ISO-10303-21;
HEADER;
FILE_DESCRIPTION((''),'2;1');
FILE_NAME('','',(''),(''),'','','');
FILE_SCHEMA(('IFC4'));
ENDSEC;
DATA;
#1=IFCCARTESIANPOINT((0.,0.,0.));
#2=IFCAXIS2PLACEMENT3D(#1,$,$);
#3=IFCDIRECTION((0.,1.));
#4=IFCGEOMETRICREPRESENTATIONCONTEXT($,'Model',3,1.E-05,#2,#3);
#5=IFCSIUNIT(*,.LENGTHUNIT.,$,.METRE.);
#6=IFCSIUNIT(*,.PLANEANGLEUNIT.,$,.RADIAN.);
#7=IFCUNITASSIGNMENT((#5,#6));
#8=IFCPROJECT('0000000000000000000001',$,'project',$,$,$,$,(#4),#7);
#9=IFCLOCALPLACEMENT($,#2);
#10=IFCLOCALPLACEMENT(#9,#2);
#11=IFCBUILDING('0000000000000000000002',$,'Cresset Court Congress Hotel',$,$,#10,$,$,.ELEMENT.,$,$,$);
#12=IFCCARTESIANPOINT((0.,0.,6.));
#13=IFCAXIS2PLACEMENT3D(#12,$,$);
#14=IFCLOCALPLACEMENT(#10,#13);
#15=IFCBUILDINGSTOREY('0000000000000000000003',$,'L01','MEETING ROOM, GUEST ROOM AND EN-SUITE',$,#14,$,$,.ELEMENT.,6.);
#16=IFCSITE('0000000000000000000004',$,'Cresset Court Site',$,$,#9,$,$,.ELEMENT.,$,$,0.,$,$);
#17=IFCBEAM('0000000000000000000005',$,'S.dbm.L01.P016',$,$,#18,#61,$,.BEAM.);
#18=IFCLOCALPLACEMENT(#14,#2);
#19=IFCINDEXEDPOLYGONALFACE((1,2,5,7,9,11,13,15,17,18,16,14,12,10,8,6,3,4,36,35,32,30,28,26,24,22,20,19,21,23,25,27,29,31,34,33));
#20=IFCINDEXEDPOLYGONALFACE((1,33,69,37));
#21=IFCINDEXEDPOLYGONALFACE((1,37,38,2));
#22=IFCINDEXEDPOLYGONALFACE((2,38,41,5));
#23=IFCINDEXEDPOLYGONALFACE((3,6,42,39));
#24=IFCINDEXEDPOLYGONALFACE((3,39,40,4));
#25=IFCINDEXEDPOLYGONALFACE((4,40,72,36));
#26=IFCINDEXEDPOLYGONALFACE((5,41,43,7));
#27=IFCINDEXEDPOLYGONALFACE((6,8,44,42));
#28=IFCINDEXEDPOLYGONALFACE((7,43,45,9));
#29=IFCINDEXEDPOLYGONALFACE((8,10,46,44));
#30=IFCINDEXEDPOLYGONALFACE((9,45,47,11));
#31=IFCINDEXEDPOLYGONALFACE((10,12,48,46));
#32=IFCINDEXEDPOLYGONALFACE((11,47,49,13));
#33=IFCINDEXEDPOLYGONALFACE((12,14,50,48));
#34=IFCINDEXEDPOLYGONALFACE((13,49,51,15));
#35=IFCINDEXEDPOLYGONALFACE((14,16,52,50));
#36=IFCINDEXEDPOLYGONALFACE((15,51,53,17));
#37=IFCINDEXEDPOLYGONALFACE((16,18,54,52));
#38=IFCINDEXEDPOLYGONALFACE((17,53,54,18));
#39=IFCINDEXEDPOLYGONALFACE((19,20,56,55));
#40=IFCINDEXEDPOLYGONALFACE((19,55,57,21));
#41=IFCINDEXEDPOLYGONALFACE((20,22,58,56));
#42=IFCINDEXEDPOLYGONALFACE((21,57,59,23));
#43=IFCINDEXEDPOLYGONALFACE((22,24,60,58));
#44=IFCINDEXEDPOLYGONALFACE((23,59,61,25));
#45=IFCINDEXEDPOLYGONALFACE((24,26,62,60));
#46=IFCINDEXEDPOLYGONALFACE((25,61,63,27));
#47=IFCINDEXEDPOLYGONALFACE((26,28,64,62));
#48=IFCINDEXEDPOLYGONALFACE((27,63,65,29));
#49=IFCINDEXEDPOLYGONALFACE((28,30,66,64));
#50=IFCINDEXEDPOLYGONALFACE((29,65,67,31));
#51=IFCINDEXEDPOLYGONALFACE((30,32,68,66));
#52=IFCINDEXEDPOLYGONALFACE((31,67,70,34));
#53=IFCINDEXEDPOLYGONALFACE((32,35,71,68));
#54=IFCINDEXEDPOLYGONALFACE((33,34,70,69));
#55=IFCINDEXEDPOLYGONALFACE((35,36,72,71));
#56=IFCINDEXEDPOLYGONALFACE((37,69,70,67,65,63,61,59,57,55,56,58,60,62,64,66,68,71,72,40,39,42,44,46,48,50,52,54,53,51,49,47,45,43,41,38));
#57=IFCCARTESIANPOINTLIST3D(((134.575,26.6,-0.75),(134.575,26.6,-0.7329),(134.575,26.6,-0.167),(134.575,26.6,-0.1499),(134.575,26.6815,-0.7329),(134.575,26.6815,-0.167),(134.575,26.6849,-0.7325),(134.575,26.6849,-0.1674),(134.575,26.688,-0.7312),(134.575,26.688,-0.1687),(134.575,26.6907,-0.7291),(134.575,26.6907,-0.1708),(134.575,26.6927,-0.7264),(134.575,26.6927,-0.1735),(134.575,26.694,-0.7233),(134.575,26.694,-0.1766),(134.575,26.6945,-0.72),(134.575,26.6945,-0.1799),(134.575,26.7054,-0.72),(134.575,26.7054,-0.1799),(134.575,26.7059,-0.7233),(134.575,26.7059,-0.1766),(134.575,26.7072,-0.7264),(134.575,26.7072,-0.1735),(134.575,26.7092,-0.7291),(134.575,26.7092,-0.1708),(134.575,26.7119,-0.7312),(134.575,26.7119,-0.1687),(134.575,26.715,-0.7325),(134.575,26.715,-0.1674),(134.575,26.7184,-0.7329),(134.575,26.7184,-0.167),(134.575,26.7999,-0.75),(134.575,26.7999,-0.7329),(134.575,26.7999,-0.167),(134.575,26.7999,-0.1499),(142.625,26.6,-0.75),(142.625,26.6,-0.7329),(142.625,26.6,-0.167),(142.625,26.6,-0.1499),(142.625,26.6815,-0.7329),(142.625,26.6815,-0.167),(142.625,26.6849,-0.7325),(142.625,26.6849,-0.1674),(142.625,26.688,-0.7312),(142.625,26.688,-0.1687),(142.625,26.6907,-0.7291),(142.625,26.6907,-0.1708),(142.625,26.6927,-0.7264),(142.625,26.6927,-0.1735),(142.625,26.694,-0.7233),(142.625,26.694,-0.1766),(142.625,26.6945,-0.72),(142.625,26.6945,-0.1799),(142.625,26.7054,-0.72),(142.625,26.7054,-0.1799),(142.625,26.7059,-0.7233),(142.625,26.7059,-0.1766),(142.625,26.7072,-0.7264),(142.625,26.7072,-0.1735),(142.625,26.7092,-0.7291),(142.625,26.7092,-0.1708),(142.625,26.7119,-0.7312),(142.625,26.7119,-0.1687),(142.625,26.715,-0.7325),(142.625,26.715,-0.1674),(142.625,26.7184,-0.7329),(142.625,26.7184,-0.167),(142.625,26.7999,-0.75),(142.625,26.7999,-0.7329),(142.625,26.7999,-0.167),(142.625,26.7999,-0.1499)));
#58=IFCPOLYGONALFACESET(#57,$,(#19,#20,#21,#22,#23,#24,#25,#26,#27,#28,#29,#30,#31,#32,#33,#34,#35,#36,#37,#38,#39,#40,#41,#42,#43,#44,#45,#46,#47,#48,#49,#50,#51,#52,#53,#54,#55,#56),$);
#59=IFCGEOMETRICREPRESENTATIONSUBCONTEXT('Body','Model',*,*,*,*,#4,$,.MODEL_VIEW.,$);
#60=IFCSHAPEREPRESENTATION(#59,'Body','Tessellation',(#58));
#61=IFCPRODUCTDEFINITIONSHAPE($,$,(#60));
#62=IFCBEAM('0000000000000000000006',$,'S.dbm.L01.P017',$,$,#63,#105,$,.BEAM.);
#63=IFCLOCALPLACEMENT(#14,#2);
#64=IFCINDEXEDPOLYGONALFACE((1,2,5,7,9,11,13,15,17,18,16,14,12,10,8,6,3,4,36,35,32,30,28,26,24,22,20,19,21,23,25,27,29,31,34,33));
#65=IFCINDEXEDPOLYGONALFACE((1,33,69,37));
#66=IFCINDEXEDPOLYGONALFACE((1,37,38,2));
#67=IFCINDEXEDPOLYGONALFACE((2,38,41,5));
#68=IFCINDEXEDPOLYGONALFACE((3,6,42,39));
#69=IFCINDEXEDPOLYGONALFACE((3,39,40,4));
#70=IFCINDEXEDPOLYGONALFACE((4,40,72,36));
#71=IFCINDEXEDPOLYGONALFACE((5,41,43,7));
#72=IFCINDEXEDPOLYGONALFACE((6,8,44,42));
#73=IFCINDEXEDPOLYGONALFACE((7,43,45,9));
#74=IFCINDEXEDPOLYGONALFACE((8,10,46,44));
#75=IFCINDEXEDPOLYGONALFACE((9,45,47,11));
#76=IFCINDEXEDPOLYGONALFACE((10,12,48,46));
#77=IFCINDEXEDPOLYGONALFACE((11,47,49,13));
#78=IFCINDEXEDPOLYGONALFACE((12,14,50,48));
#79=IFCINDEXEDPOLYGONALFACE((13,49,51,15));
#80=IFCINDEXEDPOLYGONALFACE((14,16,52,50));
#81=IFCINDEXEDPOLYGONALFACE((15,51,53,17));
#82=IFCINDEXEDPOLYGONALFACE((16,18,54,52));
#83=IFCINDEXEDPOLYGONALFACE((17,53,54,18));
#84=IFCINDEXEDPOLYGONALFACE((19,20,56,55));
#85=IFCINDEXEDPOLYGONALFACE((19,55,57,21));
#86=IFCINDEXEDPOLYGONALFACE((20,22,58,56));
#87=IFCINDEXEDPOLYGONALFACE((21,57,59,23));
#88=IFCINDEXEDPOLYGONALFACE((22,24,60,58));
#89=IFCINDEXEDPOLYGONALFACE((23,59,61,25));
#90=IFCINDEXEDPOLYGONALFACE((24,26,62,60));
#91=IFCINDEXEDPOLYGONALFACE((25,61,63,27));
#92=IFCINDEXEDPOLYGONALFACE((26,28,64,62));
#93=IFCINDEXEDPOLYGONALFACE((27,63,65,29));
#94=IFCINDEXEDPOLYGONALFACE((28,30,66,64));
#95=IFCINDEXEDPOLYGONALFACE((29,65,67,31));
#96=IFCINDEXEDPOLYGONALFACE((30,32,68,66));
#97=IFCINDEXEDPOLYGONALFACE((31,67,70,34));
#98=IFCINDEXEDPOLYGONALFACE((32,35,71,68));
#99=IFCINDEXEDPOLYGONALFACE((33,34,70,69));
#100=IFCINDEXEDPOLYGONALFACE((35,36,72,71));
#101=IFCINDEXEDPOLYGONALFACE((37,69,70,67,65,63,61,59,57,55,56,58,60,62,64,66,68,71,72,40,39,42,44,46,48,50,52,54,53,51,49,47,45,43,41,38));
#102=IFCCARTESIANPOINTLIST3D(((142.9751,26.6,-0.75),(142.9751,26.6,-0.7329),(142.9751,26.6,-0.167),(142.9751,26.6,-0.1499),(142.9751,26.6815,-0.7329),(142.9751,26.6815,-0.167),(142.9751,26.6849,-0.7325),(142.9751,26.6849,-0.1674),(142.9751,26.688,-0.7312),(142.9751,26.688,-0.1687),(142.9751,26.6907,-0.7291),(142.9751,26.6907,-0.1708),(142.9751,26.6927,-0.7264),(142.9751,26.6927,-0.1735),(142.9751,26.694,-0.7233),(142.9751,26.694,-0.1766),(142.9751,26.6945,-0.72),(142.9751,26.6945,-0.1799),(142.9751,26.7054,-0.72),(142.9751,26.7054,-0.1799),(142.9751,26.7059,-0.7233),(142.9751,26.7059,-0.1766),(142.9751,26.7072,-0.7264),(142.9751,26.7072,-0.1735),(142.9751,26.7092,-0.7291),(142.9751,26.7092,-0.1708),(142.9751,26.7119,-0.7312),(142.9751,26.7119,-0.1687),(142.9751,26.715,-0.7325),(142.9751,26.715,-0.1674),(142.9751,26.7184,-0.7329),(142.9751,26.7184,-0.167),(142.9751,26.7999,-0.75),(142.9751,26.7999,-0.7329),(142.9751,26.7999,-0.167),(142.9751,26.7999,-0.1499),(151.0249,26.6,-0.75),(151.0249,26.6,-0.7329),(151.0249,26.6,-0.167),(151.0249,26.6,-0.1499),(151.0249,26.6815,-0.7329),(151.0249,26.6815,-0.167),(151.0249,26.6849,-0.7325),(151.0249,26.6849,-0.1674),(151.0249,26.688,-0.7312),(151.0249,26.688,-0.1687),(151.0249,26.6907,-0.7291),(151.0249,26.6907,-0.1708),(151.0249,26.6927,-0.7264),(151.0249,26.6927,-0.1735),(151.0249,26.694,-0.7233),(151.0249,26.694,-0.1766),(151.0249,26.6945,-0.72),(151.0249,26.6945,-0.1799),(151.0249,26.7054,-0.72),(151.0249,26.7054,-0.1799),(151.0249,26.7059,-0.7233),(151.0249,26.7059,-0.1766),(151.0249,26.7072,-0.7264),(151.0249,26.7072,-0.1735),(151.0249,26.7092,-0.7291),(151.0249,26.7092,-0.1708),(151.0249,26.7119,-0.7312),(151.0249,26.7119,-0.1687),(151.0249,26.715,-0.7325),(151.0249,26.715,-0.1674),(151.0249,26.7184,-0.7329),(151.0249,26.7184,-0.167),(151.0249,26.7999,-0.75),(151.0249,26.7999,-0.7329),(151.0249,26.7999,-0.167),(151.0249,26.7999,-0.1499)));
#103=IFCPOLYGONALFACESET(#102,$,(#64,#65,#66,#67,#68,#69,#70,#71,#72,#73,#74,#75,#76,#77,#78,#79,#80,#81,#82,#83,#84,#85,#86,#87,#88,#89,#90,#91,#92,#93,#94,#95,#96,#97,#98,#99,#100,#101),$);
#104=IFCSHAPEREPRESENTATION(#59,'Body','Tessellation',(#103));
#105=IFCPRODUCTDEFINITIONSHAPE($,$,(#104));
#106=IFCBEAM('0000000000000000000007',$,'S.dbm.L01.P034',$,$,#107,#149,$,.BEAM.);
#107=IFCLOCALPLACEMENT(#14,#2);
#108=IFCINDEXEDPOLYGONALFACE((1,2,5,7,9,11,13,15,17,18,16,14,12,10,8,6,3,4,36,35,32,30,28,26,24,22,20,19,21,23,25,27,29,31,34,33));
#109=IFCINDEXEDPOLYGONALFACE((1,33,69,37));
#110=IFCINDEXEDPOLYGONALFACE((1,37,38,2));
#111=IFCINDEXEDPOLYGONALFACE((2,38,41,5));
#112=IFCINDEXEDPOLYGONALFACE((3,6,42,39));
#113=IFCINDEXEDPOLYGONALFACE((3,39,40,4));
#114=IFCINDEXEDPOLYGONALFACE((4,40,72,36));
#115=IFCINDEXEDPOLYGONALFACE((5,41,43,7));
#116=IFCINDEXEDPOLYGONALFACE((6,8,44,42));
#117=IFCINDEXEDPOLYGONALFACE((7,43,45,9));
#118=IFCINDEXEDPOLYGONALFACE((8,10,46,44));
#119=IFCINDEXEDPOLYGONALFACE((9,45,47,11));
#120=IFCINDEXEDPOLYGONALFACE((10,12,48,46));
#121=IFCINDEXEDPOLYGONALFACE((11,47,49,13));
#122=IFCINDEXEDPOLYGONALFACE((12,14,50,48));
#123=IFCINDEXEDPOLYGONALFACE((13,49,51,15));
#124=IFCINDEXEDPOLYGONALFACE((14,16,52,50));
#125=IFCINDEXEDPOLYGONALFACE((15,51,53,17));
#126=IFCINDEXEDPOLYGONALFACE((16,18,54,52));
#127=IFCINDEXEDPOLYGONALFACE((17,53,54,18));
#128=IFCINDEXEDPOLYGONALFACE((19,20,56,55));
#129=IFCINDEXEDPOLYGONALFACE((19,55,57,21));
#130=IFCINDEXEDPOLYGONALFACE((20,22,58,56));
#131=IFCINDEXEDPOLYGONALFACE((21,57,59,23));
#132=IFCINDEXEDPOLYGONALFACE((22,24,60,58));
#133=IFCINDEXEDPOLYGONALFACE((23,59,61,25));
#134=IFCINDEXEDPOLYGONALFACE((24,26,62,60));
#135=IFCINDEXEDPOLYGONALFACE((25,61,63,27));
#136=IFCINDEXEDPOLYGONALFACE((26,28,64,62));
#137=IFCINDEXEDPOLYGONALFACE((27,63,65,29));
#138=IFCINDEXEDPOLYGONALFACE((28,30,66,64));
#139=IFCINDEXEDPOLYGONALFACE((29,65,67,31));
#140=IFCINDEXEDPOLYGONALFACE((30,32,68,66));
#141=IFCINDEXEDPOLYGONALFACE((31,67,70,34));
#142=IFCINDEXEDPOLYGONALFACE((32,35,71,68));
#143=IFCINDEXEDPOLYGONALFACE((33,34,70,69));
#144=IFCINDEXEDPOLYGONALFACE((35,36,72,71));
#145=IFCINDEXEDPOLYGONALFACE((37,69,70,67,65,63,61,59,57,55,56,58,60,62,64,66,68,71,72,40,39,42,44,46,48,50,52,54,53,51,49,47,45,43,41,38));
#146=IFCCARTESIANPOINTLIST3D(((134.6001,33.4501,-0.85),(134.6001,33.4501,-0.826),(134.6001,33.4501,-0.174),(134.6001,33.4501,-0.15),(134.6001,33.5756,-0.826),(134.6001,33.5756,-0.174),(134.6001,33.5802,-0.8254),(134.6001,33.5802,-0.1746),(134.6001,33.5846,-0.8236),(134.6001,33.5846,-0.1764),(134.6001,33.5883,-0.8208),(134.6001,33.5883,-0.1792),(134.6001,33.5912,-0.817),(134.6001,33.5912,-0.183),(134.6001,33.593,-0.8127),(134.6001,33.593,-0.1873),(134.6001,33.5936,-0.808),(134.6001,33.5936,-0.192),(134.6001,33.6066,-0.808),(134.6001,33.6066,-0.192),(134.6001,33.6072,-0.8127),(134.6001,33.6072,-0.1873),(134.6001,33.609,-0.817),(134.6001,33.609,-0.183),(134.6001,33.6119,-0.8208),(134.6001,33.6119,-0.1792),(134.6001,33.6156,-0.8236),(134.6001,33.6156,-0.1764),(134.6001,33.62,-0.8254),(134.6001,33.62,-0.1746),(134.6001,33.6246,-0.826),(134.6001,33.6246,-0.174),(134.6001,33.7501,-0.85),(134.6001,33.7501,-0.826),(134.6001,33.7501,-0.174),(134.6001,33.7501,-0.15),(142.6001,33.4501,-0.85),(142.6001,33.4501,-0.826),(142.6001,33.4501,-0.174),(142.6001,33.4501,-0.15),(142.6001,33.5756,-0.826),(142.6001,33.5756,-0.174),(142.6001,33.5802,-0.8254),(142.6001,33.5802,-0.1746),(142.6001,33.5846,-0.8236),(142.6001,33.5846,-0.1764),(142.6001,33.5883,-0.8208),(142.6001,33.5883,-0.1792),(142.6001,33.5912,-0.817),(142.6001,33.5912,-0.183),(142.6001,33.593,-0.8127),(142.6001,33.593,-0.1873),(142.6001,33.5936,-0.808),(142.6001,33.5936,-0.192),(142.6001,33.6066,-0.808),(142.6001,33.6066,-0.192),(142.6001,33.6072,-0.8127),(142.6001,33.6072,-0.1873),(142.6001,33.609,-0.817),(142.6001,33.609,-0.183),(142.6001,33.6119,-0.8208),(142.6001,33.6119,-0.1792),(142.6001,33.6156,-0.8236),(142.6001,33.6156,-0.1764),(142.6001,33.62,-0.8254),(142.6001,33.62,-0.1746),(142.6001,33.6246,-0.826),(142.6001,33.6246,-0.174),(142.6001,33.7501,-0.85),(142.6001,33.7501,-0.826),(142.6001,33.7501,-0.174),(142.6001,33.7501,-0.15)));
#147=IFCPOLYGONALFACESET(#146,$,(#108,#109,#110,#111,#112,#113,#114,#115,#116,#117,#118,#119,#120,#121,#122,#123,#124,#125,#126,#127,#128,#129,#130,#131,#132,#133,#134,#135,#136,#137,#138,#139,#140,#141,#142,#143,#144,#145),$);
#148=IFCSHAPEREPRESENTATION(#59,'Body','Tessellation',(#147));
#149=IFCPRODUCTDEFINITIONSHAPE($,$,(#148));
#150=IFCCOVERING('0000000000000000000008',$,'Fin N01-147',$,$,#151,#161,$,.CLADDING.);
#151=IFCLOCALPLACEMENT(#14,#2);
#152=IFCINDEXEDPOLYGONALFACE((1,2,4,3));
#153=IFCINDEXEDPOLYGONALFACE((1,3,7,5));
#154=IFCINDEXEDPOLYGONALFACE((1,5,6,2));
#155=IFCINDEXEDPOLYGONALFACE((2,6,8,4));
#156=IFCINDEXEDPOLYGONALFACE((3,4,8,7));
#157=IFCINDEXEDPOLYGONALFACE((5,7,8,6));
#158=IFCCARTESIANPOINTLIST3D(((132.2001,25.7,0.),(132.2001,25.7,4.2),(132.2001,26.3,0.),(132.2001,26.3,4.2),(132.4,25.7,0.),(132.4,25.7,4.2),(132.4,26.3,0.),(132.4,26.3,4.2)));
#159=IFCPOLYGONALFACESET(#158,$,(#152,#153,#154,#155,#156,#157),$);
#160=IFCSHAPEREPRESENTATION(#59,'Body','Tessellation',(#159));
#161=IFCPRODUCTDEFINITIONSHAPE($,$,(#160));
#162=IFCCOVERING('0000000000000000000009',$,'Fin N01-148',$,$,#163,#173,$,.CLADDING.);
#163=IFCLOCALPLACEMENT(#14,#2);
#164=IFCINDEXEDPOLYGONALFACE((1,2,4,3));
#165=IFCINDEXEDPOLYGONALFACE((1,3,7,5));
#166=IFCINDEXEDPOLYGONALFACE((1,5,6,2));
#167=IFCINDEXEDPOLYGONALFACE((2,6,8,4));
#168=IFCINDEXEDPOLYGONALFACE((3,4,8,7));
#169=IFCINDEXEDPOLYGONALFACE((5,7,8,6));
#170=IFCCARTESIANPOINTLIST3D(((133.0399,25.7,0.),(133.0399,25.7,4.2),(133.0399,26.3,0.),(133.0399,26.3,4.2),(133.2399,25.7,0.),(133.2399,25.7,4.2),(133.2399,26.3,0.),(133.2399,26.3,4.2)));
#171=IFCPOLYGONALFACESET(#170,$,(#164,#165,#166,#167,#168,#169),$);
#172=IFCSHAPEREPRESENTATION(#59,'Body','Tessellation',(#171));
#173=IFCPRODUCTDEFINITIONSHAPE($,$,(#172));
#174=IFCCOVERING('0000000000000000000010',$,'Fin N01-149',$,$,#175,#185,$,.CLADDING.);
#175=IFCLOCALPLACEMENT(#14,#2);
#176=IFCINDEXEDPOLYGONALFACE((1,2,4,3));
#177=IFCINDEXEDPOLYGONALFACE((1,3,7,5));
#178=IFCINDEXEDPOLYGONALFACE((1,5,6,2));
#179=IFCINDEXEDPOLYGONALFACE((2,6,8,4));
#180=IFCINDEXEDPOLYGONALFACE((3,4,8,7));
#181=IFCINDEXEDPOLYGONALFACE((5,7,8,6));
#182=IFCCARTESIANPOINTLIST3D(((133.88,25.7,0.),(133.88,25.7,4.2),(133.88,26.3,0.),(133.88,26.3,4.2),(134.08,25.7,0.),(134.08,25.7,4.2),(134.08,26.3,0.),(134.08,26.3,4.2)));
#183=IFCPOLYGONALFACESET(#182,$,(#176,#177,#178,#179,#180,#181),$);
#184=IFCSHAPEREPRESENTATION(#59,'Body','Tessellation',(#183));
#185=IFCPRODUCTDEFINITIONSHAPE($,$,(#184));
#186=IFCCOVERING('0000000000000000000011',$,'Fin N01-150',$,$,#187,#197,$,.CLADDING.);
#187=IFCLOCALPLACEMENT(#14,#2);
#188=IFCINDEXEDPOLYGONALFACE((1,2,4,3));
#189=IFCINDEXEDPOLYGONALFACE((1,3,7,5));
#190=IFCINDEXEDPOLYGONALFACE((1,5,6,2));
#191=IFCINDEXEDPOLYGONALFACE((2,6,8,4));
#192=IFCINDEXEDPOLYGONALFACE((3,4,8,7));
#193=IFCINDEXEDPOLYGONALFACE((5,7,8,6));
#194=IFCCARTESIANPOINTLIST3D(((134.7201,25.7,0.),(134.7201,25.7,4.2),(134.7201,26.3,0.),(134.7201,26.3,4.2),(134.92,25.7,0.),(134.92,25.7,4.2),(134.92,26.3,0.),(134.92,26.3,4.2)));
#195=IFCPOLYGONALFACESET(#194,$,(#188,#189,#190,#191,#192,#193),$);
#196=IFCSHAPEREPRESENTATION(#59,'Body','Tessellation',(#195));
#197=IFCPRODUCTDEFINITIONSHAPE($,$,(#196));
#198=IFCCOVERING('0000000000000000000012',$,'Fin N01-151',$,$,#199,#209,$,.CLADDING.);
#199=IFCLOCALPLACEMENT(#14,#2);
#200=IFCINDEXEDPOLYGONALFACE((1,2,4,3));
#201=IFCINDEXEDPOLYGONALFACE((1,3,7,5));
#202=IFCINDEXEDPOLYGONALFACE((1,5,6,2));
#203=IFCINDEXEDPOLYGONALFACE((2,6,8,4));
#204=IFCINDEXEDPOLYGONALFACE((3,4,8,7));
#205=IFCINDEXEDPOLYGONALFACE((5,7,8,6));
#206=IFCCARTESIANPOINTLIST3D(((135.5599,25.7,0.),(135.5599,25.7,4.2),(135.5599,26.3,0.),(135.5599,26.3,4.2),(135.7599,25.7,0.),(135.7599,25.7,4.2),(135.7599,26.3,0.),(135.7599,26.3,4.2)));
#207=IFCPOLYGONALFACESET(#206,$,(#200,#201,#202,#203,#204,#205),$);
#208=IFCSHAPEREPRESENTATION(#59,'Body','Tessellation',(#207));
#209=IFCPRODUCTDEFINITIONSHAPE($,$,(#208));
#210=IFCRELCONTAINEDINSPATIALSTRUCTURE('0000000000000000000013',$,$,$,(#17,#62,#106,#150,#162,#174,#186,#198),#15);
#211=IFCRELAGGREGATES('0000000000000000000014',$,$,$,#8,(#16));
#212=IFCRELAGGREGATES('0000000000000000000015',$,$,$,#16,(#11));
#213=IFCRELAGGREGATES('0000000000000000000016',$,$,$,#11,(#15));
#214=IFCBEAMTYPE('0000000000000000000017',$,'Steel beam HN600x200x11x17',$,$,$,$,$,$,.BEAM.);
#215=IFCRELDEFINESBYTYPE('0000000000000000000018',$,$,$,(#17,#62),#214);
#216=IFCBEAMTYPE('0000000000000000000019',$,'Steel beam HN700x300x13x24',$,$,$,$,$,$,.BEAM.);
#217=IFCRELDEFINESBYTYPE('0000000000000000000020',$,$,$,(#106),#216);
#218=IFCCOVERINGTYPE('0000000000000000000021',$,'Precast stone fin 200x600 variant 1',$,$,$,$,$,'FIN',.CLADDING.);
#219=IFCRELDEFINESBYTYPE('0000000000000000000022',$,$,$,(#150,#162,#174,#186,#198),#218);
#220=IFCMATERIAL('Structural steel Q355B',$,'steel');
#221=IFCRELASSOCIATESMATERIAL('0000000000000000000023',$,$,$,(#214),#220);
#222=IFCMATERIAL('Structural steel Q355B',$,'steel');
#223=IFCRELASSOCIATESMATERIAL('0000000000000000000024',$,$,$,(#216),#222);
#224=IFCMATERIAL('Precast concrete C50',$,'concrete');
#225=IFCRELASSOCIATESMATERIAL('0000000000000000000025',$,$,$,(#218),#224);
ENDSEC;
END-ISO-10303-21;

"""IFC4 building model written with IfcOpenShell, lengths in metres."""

from ifc_helpers import new_model, si_unit, direction, frame, origin, origin_2d, place, context, subcontext, project, spatial, rectangle, i_section, extrude, material, material_profile, profile_set, type_object, element, save


model = new_model("IFC4")

# Units and contexts
model_context = context("Model", 3, precision=1e-05, world=origin(), true_north=direction((0.0, 1.0)))
body_context = subcontext(model_context, "Body", "Model", "MODEL_VIEW")
ifc_project = project(units=[si_unit("LENGTHUNIT", "METRE"), si_unit("PLANEANGLEUNIT", "RADIAN")], contexts=[model_context])

# Site, building, storey
site_placement = place(None, origin())
site = spatial("IfcSite", under=ifc_project, at=site_placement, Name="Cresset Court Site", CompositionType="ELEMENT", RefElevation=0.0)
building_placement = place(site_placement, origin())
building = spatial("IfcBuilding", under=site, at=building_placement, Name="Cresset Court Congress Hotel", CompositionType="ELEMENT")
storey_placement = place(building_placement, frame((0.0, 0.0, 6.0)))
storey = spatial("IfcBuildingStorey", under=building, at=storey_placement, Name="L01", Description="MEETING ROOM, GUEST ROOM AND EN-SUITE", CompositionType="ELEMENT", Elevation=6.0)

# Beams
ifc_material_1 = material(Name="Structural steel Q355B", Category="steel")
ifc_material_profile_1 = material_profile(ifc_material_1, i_section(OverallWidth=0.2, OverallDepth=0.6001, WebThickness=0.011, FlangeThickness=0.0171, FilletRadius=0.0129, at=origin_2d()), Name="HN600x200x11x17")
ifc_profile_set_1 = profile_set([ifc_material_profile_1], Name="Structural steel Q355B")
beam_type_1 = type_object("IfcBeamType", Name="Steel beam HN600x200x11x17", PredefinedType="BEAM", material=ifc_profile_set_1)
beam_1_placement = place(storey_placement, frame((134.575, 26.7, -0.45), z_axis=(1.0, 0.0, 0.0), x_axis=(0.0, 1.0, 0.0)))
element("IfcBeam", 1, at=beam_1_placement, inside=storey, type_object=beam_type_1, Name="S.dbm.L01.P016", PredefinedType="BEAM", context=body_context, shape_type="SweptSolid", body=[
    extrude(i_section(OverallWidth=0.2, OverallDepth=0.6001, WebThickness=0.011, FlangeThickness=0.0171, FilletRadius=0.0129, at=origin_2d()), origin(), (0.0, 0.0, 1.0), 8.05),
])
beam_2_placement = place(storey_placement, frame((142.9751, 26.7, -0.45), z_axis=(1.0, 0.0, 0.0), x_axis=(0.0, 1.0, 0.0)))
element("IfcBeam", 2, at=beam_2_placement, inside=storey, type_object=beam_type_1, Name="S.dbm.L01.P017", PredefinedType="BEAM", context=body_context, shape_type="SweptSolid", body=[
    extrude(i_section(OverallWidth=0.2, OverallDepth=0.6001, WebThickness=0.011, FlangeThickness=0.0171, FilletRadius=0.0129, at=origin_2d()), origin(), (0.0, 0.0, 1.0), 8.0498),
])
ifc_material_2 = material(Name="Structural steel Q355B", Category="steel")
ifc_material_profile_2 = material_profile(ifc_material_2, i_section(OverallWidth=0.3, OverallDepth=0.7, WebThickness=0.0129, FlangeThickness=0.0239, FilletRadius=0.0181, at=origin_2d()), Name="HN700x300x13x24")
ifc_profile_set_2 = profile_set([ifc_material_profile_2], Name="Structural steel Q355B")
beam_type_2 = type_object("IfcBeamType", Name="Steel beam HN700x300x13x24", PredefinedType="BEAM", material=ifc_profile_set_2)
beam_3_placement = place(storey_placement, frame((134.6001, 33.6001, -0.5), z_axis=(1.0, 0.0, 0.0), x_axis=(0.0, 1.0, 0.0)))
element("IfcBeam", 3, at=beam_3_placement, inside=storey, type_object=beam_type_2, Name="S.dbm.L01.P034", PredefinedType="BEAM", context=body_context, shape_type="SweptSolid", body=[
    extrude(i_section(OverallWidth=0.3, OverallDepth=0.7, WebThickness=0.0129, FlangeThickness=0.0239, FilletRadius=0.0181, at=origin_2d()), origin(), (0.0, 0.0, 1.0), 8.0),
])

# Coverings
ifc_material_3 = material(Name="Precast concrete C50", Category="concrete")
covering_type_1 = type_object("IfcCoveringType", Name="Precast stone fin 200x600 variant 1", ElementType="FIN", PredefinedType="CLADDING", material=ifc_material_3)
for number, where, z_axis, x_axis, name in (
    (4, (132.3, 26.0, 0.0), (0.0, 0.0, 1.0), (1.0, 0.0, 0.0), "Fin N01-147"),
    (5, (133.1399, 26.0, 0.0), (0.0, 0.0, 1.0), (1.0, 0.0, 0.0), "Fin N01-148"),
    (6, (133.98, 26.0, 0.0), (0.0, 0.0, 1.0), (1.0, 0.0, 0.0), "Fin N01-149"),
    (7, (134.8201, 26.0, 0.0), (0.0, 0.0, 1.0), (1.0, 0.0, 0.0), "Fin N01-150"),
    (8, (135.6599, 26.0, 0.0), (0.0, 0.0, 1.0), (1.0, 0.0, 0.0), "Fin N01-151"),
):
    element("IfcCovering", number, at=place(storey_placement, frame(where, z_axis=z_axis, x_axis=x_axis)), inside=storey, type_object=covering_type_1, Name=name, PredefinedType="CLADDING", context=body_context, shape_type="SweptSolid", body=[
        extrude(rectangle(XDim=0.2, YDim=0.6001, at=origin_2d()), origin(), (0.0, 0.0, 1.0), 4.2),
    ])

save(model, "model.ifc")
